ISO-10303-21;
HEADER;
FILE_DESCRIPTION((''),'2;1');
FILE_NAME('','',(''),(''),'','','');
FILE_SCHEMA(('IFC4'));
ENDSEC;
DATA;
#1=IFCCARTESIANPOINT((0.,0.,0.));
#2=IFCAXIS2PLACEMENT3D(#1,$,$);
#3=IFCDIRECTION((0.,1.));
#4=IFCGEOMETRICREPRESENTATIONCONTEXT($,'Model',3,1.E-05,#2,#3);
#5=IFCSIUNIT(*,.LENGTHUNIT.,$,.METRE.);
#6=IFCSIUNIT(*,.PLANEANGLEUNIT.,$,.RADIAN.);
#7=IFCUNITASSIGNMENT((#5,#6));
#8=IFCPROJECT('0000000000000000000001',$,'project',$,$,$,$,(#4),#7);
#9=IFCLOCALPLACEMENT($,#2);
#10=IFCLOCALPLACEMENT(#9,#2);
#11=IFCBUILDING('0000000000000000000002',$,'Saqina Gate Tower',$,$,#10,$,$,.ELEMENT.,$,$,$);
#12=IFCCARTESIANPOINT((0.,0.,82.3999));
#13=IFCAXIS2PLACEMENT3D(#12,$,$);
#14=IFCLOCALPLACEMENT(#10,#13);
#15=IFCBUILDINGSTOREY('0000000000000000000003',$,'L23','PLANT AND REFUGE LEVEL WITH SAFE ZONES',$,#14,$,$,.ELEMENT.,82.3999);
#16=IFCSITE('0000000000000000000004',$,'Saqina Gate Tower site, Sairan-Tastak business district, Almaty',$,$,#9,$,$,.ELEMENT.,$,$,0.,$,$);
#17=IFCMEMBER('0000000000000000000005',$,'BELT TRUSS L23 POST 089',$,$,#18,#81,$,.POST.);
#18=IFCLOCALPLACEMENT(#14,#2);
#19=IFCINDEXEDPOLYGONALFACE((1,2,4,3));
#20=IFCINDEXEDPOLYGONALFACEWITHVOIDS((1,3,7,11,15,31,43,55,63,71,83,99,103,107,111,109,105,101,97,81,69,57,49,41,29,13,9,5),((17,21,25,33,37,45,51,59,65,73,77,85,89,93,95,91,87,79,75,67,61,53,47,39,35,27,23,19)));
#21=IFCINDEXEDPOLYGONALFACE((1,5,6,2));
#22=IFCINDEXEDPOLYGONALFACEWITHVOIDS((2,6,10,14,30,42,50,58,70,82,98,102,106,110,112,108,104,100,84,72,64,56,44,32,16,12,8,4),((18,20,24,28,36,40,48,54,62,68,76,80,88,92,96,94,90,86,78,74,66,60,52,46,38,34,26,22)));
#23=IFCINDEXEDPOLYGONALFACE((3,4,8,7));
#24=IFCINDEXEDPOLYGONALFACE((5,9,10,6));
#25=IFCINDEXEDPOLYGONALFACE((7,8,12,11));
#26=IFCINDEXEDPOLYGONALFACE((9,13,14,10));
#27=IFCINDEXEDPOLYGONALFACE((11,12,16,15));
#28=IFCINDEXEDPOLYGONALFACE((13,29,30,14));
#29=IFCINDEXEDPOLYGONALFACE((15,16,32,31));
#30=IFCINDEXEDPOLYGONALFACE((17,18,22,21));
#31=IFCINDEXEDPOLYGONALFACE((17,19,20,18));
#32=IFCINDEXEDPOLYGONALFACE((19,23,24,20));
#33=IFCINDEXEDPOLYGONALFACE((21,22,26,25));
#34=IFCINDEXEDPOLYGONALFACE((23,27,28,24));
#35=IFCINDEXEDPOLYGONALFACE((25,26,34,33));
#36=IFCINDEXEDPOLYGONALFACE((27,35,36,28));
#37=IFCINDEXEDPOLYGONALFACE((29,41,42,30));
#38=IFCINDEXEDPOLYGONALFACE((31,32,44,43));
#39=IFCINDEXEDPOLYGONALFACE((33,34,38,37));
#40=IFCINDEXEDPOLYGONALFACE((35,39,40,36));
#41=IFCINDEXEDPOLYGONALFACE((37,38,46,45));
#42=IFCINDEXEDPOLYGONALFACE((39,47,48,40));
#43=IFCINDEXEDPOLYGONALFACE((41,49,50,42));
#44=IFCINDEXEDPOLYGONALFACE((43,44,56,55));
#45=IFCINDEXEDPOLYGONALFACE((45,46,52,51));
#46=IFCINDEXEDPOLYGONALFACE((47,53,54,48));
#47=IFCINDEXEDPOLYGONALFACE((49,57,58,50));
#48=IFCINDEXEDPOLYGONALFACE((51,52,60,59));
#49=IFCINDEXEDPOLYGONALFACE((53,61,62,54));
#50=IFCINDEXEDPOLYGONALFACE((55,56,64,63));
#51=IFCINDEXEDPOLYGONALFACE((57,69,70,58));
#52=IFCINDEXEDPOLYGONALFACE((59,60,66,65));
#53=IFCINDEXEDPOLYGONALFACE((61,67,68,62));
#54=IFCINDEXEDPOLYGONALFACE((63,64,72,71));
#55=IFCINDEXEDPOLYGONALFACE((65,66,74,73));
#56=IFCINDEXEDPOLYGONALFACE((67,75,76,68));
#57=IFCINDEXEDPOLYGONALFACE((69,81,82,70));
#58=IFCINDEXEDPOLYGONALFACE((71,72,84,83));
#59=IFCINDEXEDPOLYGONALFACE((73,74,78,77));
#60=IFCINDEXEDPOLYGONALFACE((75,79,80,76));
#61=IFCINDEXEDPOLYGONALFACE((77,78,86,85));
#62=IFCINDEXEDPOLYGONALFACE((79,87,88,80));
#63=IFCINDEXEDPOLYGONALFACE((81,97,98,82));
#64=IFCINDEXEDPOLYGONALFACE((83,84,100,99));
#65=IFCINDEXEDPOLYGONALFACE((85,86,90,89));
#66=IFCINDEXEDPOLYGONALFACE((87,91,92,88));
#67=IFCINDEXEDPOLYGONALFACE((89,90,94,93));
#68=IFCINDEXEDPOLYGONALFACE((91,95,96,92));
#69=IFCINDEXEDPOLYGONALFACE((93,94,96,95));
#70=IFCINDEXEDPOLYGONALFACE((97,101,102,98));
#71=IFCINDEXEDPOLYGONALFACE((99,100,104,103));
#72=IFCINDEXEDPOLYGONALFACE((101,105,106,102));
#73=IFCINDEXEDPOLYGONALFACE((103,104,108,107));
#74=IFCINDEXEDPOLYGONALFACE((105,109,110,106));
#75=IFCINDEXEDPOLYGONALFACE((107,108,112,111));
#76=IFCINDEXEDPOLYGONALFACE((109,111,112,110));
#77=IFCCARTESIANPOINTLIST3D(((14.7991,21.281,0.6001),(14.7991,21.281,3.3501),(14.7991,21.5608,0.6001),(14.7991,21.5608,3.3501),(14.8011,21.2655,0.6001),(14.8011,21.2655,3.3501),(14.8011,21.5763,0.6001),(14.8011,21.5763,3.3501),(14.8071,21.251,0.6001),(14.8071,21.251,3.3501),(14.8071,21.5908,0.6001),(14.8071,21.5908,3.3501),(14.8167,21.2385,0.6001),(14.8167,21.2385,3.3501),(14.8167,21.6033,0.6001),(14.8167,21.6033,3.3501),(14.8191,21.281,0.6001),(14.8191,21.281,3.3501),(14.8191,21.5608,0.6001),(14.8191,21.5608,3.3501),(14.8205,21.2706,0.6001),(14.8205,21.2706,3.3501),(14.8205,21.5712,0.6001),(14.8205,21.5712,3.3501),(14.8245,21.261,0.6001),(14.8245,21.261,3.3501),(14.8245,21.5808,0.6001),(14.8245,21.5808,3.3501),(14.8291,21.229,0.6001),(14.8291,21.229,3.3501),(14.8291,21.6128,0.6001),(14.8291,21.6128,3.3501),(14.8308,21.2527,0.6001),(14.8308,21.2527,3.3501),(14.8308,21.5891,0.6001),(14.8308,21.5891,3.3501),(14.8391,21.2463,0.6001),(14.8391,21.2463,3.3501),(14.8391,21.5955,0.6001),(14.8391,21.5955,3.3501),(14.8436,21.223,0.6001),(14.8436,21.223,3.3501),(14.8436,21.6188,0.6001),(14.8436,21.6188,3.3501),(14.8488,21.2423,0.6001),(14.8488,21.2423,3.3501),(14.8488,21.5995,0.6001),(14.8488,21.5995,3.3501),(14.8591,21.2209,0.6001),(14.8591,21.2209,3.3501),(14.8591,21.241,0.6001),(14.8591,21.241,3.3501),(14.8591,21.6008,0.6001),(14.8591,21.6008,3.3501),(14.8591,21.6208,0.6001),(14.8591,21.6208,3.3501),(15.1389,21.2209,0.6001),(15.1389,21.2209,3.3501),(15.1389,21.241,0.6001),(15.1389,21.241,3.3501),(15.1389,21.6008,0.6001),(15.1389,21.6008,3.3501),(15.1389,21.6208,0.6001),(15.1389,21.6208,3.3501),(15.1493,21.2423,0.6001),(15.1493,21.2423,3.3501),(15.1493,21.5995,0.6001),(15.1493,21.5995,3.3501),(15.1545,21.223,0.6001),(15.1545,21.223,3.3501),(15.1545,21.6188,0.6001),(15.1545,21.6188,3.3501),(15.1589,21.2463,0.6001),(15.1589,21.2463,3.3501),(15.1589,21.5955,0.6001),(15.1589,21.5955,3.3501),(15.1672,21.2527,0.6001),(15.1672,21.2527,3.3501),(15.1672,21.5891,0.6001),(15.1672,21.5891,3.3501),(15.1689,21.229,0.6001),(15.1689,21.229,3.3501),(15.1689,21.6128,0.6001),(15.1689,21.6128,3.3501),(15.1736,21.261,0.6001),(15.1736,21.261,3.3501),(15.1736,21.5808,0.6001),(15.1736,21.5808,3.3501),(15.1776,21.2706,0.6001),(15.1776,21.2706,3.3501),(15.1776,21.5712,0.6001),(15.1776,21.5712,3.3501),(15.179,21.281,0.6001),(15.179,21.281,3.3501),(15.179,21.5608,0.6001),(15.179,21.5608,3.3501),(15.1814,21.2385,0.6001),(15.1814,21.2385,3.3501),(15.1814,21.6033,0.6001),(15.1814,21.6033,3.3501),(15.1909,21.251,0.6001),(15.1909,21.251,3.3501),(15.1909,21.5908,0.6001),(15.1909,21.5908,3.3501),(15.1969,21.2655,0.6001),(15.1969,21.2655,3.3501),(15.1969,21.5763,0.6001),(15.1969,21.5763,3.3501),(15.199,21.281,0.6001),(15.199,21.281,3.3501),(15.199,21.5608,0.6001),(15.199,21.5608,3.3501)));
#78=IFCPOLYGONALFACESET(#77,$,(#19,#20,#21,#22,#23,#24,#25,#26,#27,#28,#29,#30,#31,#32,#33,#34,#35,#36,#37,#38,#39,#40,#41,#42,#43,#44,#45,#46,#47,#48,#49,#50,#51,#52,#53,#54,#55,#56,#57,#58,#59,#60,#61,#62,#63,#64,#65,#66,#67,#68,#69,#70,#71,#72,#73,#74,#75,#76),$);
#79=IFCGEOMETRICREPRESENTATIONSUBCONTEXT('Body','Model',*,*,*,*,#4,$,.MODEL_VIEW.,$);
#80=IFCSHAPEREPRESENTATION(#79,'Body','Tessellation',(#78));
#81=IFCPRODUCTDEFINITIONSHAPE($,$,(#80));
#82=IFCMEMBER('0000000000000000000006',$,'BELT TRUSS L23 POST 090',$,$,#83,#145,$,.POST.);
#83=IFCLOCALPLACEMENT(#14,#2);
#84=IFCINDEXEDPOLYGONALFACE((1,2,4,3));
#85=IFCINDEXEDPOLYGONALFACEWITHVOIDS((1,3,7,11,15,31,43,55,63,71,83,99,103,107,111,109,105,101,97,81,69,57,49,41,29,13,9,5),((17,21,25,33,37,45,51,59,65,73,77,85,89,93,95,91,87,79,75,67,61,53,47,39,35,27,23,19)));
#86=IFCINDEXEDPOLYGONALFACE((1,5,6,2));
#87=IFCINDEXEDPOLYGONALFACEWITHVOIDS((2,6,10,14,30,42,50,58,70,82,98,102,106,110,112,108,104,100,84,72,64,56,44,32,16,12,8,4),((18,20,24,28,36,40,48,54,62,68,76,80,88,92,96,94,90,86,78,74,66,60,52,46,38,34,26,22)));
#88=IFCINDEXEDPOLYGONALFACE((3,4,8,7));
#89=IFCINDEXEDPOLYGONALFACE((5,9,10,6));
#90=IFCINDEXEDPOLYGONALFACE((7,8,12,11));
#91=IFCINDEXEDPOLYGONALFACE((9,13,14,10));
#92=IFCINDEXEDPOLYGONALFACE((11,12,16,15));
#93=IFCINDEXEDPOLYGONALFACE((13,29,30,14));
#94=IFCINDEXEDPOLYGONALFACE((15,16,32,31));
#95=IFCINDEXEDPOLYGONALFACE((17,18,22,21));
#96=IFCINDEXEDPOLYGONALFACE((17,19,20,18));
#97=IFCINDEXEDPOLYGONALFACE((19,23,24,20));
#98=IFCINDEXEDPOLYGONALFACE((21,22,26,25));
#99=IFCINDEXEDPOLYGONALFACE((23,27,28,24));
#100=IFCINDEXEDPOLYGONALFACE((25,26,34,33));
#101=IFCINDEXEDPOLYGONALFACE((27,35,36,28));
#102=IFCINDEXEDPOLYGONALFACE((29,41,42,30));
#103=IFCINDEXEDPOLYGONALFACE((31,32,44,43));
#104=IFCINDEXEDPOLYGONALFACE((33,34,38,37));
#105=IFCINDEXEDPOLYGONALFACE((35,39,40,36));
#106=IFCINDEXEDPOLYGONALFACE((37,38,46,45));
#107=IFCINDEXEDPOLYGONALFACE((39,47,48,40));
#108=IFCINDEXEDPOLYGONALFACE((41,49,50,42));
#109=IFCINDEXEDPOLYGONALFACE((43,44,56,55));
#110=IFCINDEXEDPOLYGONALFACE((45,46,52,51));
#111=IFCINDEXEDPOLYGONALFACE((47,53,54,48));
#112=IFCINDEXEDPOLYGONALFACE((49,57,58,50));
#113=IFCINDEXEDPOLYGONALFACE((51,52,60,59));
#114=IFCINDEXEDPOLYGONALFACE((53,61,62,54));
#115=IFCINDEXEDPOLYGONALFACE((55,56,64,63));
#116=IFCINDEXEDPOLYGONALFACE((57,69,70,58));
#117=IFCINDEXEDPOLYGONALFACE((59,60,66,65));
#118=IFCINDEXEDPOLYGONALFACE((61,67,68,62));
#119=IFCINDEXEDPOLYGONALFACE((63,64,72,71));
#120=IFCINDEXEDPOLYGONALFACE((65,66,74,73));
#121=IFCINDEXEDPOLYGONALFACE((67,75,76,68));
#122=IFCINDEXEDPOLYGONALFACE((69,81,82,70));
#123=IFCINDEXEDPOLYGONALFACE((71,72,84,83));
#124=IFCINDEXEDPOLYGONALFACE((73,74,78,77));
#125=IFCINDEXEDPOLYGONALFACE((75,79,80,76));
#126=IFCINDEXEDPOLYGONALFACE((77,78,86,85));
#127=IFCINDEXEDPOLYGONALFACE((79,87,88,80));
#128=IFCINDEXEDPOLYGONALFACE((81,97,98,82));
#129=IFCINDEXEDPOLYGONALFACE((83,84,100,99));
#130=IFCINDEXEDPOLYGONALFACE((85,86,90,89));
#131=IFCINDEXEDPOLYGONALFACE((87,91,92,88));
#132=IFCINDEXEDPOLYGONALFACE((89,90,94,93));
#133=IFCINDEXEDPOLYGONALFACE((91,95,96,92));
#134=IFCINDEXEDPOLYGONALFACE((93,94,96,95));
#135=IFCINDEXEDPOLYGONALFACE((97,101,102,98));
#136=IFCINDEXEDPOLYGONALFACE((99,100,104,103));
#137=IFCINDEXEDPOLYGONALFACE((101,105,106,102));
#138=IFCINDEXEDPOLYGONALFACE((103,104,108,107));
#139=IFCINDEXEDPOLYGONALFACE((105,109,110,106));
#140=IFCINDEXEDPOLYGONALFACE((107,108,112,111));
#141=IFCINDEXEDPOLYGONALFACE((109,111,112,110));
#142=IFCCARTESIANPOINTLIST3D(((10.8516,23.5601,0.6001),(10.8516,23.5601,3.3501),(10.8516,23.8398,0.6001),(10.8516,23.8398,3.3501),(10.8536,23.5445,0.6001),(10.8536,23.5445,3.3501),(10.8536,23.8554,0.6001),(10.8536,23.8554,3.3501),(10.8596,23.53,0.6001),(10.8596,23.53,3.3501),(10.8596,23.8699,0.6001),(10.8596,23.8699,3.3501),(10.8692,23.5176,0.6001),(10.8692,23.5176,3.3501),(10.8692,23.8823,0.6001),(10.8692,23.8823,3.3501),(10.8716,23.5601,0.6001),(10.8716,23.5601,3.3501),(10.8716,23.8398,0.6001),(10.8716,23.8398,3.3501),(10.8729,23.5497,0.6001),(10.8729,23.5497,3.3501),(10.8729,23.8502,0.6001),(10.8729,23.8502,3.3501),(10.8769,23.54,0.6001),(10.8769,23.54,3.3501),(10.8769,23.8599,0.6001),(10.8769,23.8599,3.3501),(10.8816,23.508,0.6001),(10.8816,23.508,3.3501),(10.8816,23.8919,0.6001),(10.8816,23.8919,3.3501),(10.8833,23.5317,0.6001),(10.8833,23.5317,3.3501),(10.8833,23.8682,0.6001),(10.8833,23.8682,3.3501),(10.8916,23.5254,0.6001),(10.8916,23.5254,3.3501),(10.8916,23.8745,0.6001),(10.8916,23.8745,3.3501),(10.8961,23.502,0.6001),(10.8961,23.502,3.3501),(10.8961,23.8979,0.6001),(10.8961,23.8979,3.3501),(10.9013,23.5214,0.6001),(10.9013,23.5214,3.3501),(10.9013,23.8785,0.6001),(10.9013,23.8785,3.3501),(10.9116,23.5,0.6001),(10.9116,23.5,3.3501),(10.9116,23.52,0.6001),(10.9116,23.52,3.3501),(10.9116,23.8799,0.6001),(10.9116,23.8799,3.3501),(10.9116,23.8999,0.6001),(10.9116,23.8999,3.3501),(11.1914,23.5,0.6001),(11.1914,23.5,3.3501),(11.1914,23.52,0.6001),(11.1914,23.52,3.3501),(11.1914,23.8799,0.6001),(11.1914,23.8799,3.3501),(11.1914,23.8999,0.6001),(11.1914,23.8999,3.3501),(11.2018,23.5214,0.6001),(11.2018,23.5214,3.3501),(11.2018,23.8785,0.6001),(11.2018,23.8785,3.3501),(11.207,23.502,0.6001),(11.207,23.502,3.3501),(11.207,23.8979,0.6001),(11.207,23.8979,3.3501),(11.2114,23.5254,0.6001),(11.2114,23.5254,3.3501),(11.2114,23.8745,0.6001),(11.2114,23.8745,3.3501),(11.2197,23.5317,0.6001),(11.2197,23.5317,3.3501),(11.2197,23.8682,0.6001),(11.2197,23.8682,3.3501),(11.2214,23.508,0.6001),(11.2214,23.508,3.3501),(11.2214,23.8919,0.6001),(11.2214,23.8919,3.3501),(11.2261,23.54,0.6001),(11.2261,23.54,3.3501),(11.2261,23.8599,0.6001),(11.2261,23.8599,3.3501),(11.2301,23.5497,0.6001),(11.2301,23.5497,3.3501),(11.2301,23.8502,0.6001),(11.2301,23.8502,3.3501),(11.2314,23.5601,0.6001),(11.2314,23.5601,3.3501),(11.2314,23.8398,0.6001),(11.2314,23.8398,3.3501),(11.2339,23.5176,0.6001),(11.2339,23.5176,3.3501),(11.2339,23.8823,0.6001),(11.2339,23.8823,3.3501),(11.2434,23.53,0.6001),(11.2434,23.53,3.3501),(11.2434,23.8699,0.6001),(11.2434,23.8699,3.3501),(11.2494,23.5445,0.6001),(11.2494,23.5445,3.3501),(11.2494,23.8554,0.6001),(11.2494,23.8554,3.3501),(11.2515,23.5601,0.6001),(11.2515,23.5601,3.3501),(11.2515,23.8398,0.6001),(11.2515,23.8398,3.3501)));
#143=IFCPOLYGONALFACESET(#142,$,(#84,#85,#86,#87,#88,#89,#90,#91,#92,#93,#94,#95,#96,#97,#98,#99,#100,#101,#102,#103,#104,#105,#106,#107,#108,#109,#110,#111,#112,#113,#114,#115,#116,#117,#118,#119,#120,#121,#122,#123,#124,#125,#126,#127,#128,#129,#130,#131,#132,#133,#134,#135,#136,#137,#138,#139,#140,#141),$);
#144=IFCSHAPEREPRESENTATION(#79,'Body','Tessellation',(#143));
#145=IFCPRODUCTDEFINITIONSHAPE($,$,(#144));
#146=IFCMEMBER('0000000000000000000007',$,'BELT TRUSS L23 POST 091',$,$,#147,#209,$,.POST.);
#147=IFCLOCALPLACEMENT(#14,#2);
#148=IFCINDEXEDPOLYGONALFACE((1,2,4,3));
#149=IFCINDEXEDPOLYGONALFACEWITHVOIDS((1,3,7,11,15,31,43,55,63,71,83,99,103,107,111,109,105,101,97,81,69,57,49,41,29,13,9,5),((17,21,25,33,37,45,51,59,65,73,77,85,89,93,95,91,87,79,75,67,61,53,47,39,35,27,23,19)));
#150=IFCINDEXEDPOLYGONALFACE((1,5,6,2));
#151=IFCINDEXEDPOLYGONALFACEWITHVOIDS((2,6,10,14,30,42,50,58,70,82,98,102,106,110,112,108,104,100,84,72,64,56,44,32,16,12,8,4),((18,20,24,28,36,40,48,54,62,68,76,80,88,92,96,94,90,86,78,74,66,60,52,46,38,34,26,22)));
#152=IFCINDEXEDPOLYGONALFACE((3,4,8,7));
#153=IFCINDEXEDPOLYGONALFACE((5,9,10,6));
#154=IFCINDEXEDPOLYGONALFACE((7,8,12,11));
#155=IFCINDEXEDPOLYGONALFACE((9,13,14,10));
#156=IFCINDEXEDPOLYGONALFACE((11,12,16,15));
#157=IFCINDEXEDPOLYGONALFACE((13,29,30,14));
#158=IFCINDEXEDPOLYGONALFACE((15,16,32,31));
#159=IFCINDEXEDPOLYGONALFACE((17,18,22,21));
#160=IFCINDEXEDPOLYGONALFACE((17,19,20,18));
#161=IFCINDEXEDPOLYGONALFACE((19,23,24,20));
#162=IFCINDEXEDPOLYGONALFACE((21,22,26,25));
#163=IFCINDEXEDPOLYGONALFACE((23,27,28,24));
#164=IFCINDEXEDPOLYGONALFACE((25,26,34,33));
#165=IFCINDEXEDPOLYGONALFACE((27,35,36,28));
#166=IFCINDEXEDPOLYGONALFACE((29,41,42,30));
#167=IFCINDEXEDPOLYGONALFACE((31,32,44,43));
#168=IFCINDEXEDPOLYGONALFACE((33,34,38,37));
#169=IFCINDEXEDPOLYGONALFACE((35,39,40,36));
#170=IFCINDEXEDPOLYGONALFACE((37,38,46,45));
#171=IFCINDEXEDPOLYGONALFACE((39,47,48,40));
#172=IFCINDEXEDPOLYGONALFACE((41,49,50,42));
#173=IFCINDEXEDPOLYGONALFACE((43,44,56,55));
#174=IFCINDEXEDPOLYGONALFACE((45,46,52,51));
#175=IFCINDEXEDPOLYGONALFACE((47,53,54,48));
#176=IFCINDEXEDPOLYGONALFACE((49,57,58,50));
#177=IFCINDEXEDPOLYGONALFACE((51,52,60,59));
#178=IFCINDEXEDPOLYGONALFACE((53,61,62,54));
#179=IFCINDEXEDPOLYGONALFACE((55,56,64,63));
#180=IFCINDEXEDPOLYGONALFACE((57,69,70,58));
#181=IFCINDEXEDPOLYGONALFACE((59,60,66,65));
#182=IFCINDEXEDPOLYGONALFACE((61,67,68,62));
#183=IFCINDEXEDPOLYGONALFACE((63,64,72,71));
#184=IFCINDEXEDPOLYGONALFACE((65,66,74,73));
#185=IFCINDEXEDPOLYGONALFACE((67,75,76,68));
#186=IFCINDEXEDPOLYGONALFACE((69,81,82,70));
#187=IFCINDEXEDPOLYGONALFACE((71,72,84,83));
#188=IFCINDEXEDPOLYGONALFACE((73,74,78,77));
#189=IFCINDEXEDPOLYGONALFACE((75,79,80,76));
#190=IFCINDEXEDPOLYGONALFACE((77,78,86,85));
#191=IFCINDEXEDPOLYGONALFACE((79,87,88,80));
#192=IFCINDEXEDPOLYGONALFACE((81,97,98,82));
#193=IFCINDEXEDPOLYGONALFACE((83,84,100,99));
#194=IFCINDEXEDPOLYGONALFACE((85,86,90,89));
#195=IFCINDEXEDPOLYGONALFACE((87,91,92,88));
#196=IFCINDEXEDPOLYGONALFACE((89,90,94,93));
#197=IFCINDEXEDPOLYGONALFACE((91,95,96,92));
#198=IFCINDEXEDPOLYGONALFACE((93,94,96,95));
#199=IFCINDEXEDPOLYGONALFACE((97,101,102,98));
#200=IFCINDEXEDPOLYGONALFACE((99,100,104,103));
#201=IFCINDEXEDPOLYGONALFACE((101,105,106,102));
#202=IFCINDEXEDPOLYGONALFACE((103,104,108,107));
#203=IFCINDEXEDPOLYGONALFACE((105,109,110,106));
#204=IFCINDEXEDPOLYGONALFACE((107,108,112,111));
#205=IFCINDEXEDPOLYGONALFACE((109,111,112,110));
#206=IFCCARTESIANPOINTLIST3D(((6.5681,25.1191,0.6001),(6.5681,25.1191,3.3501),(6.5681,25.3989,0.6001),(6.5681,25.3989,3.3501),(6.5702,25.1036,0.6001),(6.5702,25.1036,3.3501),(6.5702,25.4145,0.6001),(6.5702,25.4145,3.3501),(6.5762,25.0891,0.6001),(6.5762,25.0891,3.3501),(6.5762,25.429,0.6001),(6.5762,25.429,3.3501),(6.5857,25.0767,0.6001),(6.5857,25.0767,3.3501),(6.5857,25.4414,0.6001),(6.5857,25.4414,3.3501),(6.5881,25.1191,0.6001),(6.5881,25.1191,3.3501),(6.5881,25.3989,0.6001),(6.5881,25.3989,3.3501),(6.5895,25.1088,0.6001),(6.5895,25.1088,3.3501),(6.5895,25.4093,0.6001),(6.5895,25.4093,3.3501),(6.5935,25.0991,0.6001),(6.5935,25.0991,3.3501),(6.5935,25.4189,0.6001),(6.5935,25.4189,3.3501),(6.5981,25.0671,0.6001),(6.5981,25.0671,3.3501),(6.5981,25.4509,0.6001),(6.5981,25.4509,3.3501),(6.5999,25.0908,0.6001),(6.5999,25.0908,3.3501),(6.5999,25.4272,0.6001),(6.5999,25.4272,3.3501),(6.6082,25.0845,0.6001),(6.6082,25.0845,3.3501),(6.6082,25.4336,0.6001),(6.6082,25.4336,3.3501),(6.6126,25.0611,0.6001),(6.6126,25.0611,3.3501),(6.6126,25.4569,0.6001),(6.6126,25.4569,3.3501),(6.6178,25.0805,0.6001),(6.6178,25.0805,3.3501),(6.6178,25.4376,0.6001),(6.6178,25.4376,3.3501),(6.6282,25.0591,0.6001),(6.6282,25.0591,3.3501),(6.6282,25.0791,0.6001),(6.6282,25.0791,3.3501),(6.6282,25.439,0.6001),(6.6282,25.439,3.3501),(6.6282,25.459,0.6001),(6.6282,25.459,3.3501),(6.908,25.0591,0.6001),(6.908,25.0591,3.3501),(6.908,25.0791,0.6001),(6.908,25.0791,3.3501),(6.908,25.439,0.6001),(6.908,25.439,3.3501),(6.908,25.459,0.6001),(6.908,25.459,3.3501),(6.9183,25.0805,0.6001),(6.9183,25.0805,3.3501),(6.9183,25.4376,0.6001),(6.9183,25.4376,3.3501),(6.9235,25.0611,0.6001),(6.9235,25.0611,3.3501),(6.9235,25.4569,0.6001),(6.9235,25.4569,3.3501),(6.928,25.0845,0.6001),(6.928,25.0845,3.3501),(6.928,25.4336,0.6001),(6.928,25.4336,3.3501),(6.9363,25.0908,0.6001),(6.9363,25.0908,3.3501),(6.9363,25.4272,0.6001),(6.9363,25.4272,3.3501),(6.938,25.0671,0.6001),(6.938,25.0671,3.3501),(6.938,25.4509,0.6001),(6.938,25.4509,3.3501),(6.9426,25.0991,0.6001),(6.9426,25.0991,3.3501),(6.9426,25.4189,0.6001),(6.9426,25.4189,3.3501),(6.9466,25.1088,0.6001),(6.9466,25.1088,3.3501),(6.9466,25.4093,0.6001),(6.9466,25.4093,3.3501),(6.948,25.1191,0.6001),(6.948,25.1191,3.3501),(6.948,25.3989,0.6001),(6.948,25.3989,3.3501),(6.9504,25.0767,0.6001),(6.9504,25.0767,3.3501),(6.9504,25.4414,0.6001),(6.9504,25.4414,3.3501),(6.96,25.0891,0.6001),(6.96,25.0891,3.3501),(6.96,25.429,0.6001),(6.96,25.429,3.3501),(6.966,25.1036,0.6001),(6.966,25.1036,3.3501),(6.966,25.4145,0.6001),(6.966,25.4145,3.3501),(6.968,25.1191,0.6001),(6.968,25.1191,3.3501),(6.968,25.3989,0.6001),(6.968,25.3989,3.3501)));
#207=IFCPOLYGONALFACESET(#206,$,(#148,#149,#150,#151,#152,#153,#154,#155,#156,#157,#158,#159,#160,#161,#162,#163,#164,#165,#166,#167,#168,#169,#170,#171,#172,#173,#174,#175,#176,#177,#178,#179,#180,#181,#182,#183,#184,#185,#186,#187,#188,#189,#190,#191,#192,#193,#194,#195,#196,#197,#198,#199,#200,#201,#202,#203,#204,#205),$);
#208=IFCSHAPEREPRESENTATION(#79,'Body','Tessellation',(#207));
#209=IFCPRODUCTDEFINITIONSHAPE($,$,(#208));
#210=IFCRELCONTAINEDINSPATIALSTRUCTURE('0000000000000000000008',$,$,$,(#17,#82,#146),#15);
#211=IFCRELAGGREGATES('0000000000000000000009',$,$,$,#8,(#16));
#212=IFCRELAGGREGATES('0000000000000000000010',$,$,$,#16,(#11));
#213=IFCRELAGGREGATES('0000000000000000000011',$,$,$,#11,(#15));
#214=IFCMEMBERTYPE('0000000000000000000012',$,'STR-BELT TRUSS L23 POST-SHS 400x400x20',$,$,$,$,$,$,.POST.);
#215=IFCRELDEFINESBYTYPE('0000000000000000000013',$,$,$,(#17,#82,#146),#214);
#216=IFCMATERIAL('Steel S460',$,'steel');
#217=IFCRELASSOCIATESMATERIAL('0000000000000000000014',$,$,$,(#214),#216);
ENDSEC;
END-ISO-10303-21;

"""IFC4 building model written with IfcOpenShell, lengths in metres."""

from ifc_helpers import new_model, si_unit, direction, frame, origin, origin_2d, place, context, subcontext, project, spatial, hollow_rectangle, extrude, material, material_profile, profile_set, type_object, element, save


model = new_model("IFC4")

# Units and contexts
model_context = context("Model", 3, precision=1e-05, world=origin(), true_north=direction((0.0, 1.0)))
body_context = subcontext(model_context, "Body", "Model", "MODEL_VIEW")
ifc_project = project(units=[si_unit("LENGTHUNIT", "METRE"), si_unit("PLANEANGLEUNIT", "RADIAN")], contexts=[model_context])

# Site, building, storey
site_placement = place(None, origin())
site = spatial("IfcSite", under=ifc_project, at=site_placement, Name="Saqina Gate Tower site, Sairan-Tastak business district, Almaty", CompositionType="ELEMENT", RefElevation=0.0)
building_placement = place(site_placement, origin())
building = spatial("IfcBuilding", under=site, at=building_placement, Name="Saqina Gate Tower", CompositionType="ELEMENT")
storey_placement = place(building_placement, frame((0.0, 0.0, 82.3999)))
storey = spatial("IfcBuildingStorey", under=building, at=storey_placement, Name="L23", Description="PLANT AND REFUGE LEVEL WITH SAFE ZONES", CompositionType="ELEMENT", Elevation=82.3999)

# Members
ifc_material_1 = material(Name="Steel S460", Category="steel")
ifc_material_profile_1 = material_profile(ifc_material_1, hollow_rectangle(XDim=0.3999, YDim=0.3999, WallThickness=0.02, InnerFilletRadius=0.04, OuterFilletRadius=0.0601, at=origin_2d()), Name="SHS 400x400x20")
ifc_profile_set_1 = profile_set([ifc_material_profile_1], Name="Steel S460")
member_type_1 = type_object("IfcMemberType", Name="STR-BELT TRUSS L23 POST-SHS 400x400x20", PredefinedType="POST", material=ifc_profile_set_1)
for number, where, z_axis, x_axis, name in (
    (1, (14.999, 21.4209, 0.6001), (0.0, 0.0, 1.0), (1.0, 0.0, 0.0), "BELT TRUSS L23 POST 089"),
    (2, (11.0515, 23.7, 0.6001), (0.0, 0.0, 1.0), (1.0, 0.0, 0.0), "BELT TRUSS L23 POST 090"),
    (3, (6.7681, 25.259, 0.6001), (0.0, 0.0, 1.0), (1.0, 0.0, 0.0), "BELT TRUSS L23 POST 091"),
):
    element("IfcMember", number, at=place(storey_placement, frame(where, z_axis=z_axis, x_axis=x_axis)), inside=storey, type_object=member_type_1, Name=name, PredefinedType="POST", context=body_context, shape_type="SweptSolid", body=[
        extrude(hollow_rectangle(XDim=0.3999, YDim=0.3999, WallThickness=0.02, InnerFilletRadius=0.04, OuterFilletRadius=0.0601, at=origin_2d()), origin(), (0.0, 0.0, 1.0), 2.75),
    ])

save(model, "model.ifc")
